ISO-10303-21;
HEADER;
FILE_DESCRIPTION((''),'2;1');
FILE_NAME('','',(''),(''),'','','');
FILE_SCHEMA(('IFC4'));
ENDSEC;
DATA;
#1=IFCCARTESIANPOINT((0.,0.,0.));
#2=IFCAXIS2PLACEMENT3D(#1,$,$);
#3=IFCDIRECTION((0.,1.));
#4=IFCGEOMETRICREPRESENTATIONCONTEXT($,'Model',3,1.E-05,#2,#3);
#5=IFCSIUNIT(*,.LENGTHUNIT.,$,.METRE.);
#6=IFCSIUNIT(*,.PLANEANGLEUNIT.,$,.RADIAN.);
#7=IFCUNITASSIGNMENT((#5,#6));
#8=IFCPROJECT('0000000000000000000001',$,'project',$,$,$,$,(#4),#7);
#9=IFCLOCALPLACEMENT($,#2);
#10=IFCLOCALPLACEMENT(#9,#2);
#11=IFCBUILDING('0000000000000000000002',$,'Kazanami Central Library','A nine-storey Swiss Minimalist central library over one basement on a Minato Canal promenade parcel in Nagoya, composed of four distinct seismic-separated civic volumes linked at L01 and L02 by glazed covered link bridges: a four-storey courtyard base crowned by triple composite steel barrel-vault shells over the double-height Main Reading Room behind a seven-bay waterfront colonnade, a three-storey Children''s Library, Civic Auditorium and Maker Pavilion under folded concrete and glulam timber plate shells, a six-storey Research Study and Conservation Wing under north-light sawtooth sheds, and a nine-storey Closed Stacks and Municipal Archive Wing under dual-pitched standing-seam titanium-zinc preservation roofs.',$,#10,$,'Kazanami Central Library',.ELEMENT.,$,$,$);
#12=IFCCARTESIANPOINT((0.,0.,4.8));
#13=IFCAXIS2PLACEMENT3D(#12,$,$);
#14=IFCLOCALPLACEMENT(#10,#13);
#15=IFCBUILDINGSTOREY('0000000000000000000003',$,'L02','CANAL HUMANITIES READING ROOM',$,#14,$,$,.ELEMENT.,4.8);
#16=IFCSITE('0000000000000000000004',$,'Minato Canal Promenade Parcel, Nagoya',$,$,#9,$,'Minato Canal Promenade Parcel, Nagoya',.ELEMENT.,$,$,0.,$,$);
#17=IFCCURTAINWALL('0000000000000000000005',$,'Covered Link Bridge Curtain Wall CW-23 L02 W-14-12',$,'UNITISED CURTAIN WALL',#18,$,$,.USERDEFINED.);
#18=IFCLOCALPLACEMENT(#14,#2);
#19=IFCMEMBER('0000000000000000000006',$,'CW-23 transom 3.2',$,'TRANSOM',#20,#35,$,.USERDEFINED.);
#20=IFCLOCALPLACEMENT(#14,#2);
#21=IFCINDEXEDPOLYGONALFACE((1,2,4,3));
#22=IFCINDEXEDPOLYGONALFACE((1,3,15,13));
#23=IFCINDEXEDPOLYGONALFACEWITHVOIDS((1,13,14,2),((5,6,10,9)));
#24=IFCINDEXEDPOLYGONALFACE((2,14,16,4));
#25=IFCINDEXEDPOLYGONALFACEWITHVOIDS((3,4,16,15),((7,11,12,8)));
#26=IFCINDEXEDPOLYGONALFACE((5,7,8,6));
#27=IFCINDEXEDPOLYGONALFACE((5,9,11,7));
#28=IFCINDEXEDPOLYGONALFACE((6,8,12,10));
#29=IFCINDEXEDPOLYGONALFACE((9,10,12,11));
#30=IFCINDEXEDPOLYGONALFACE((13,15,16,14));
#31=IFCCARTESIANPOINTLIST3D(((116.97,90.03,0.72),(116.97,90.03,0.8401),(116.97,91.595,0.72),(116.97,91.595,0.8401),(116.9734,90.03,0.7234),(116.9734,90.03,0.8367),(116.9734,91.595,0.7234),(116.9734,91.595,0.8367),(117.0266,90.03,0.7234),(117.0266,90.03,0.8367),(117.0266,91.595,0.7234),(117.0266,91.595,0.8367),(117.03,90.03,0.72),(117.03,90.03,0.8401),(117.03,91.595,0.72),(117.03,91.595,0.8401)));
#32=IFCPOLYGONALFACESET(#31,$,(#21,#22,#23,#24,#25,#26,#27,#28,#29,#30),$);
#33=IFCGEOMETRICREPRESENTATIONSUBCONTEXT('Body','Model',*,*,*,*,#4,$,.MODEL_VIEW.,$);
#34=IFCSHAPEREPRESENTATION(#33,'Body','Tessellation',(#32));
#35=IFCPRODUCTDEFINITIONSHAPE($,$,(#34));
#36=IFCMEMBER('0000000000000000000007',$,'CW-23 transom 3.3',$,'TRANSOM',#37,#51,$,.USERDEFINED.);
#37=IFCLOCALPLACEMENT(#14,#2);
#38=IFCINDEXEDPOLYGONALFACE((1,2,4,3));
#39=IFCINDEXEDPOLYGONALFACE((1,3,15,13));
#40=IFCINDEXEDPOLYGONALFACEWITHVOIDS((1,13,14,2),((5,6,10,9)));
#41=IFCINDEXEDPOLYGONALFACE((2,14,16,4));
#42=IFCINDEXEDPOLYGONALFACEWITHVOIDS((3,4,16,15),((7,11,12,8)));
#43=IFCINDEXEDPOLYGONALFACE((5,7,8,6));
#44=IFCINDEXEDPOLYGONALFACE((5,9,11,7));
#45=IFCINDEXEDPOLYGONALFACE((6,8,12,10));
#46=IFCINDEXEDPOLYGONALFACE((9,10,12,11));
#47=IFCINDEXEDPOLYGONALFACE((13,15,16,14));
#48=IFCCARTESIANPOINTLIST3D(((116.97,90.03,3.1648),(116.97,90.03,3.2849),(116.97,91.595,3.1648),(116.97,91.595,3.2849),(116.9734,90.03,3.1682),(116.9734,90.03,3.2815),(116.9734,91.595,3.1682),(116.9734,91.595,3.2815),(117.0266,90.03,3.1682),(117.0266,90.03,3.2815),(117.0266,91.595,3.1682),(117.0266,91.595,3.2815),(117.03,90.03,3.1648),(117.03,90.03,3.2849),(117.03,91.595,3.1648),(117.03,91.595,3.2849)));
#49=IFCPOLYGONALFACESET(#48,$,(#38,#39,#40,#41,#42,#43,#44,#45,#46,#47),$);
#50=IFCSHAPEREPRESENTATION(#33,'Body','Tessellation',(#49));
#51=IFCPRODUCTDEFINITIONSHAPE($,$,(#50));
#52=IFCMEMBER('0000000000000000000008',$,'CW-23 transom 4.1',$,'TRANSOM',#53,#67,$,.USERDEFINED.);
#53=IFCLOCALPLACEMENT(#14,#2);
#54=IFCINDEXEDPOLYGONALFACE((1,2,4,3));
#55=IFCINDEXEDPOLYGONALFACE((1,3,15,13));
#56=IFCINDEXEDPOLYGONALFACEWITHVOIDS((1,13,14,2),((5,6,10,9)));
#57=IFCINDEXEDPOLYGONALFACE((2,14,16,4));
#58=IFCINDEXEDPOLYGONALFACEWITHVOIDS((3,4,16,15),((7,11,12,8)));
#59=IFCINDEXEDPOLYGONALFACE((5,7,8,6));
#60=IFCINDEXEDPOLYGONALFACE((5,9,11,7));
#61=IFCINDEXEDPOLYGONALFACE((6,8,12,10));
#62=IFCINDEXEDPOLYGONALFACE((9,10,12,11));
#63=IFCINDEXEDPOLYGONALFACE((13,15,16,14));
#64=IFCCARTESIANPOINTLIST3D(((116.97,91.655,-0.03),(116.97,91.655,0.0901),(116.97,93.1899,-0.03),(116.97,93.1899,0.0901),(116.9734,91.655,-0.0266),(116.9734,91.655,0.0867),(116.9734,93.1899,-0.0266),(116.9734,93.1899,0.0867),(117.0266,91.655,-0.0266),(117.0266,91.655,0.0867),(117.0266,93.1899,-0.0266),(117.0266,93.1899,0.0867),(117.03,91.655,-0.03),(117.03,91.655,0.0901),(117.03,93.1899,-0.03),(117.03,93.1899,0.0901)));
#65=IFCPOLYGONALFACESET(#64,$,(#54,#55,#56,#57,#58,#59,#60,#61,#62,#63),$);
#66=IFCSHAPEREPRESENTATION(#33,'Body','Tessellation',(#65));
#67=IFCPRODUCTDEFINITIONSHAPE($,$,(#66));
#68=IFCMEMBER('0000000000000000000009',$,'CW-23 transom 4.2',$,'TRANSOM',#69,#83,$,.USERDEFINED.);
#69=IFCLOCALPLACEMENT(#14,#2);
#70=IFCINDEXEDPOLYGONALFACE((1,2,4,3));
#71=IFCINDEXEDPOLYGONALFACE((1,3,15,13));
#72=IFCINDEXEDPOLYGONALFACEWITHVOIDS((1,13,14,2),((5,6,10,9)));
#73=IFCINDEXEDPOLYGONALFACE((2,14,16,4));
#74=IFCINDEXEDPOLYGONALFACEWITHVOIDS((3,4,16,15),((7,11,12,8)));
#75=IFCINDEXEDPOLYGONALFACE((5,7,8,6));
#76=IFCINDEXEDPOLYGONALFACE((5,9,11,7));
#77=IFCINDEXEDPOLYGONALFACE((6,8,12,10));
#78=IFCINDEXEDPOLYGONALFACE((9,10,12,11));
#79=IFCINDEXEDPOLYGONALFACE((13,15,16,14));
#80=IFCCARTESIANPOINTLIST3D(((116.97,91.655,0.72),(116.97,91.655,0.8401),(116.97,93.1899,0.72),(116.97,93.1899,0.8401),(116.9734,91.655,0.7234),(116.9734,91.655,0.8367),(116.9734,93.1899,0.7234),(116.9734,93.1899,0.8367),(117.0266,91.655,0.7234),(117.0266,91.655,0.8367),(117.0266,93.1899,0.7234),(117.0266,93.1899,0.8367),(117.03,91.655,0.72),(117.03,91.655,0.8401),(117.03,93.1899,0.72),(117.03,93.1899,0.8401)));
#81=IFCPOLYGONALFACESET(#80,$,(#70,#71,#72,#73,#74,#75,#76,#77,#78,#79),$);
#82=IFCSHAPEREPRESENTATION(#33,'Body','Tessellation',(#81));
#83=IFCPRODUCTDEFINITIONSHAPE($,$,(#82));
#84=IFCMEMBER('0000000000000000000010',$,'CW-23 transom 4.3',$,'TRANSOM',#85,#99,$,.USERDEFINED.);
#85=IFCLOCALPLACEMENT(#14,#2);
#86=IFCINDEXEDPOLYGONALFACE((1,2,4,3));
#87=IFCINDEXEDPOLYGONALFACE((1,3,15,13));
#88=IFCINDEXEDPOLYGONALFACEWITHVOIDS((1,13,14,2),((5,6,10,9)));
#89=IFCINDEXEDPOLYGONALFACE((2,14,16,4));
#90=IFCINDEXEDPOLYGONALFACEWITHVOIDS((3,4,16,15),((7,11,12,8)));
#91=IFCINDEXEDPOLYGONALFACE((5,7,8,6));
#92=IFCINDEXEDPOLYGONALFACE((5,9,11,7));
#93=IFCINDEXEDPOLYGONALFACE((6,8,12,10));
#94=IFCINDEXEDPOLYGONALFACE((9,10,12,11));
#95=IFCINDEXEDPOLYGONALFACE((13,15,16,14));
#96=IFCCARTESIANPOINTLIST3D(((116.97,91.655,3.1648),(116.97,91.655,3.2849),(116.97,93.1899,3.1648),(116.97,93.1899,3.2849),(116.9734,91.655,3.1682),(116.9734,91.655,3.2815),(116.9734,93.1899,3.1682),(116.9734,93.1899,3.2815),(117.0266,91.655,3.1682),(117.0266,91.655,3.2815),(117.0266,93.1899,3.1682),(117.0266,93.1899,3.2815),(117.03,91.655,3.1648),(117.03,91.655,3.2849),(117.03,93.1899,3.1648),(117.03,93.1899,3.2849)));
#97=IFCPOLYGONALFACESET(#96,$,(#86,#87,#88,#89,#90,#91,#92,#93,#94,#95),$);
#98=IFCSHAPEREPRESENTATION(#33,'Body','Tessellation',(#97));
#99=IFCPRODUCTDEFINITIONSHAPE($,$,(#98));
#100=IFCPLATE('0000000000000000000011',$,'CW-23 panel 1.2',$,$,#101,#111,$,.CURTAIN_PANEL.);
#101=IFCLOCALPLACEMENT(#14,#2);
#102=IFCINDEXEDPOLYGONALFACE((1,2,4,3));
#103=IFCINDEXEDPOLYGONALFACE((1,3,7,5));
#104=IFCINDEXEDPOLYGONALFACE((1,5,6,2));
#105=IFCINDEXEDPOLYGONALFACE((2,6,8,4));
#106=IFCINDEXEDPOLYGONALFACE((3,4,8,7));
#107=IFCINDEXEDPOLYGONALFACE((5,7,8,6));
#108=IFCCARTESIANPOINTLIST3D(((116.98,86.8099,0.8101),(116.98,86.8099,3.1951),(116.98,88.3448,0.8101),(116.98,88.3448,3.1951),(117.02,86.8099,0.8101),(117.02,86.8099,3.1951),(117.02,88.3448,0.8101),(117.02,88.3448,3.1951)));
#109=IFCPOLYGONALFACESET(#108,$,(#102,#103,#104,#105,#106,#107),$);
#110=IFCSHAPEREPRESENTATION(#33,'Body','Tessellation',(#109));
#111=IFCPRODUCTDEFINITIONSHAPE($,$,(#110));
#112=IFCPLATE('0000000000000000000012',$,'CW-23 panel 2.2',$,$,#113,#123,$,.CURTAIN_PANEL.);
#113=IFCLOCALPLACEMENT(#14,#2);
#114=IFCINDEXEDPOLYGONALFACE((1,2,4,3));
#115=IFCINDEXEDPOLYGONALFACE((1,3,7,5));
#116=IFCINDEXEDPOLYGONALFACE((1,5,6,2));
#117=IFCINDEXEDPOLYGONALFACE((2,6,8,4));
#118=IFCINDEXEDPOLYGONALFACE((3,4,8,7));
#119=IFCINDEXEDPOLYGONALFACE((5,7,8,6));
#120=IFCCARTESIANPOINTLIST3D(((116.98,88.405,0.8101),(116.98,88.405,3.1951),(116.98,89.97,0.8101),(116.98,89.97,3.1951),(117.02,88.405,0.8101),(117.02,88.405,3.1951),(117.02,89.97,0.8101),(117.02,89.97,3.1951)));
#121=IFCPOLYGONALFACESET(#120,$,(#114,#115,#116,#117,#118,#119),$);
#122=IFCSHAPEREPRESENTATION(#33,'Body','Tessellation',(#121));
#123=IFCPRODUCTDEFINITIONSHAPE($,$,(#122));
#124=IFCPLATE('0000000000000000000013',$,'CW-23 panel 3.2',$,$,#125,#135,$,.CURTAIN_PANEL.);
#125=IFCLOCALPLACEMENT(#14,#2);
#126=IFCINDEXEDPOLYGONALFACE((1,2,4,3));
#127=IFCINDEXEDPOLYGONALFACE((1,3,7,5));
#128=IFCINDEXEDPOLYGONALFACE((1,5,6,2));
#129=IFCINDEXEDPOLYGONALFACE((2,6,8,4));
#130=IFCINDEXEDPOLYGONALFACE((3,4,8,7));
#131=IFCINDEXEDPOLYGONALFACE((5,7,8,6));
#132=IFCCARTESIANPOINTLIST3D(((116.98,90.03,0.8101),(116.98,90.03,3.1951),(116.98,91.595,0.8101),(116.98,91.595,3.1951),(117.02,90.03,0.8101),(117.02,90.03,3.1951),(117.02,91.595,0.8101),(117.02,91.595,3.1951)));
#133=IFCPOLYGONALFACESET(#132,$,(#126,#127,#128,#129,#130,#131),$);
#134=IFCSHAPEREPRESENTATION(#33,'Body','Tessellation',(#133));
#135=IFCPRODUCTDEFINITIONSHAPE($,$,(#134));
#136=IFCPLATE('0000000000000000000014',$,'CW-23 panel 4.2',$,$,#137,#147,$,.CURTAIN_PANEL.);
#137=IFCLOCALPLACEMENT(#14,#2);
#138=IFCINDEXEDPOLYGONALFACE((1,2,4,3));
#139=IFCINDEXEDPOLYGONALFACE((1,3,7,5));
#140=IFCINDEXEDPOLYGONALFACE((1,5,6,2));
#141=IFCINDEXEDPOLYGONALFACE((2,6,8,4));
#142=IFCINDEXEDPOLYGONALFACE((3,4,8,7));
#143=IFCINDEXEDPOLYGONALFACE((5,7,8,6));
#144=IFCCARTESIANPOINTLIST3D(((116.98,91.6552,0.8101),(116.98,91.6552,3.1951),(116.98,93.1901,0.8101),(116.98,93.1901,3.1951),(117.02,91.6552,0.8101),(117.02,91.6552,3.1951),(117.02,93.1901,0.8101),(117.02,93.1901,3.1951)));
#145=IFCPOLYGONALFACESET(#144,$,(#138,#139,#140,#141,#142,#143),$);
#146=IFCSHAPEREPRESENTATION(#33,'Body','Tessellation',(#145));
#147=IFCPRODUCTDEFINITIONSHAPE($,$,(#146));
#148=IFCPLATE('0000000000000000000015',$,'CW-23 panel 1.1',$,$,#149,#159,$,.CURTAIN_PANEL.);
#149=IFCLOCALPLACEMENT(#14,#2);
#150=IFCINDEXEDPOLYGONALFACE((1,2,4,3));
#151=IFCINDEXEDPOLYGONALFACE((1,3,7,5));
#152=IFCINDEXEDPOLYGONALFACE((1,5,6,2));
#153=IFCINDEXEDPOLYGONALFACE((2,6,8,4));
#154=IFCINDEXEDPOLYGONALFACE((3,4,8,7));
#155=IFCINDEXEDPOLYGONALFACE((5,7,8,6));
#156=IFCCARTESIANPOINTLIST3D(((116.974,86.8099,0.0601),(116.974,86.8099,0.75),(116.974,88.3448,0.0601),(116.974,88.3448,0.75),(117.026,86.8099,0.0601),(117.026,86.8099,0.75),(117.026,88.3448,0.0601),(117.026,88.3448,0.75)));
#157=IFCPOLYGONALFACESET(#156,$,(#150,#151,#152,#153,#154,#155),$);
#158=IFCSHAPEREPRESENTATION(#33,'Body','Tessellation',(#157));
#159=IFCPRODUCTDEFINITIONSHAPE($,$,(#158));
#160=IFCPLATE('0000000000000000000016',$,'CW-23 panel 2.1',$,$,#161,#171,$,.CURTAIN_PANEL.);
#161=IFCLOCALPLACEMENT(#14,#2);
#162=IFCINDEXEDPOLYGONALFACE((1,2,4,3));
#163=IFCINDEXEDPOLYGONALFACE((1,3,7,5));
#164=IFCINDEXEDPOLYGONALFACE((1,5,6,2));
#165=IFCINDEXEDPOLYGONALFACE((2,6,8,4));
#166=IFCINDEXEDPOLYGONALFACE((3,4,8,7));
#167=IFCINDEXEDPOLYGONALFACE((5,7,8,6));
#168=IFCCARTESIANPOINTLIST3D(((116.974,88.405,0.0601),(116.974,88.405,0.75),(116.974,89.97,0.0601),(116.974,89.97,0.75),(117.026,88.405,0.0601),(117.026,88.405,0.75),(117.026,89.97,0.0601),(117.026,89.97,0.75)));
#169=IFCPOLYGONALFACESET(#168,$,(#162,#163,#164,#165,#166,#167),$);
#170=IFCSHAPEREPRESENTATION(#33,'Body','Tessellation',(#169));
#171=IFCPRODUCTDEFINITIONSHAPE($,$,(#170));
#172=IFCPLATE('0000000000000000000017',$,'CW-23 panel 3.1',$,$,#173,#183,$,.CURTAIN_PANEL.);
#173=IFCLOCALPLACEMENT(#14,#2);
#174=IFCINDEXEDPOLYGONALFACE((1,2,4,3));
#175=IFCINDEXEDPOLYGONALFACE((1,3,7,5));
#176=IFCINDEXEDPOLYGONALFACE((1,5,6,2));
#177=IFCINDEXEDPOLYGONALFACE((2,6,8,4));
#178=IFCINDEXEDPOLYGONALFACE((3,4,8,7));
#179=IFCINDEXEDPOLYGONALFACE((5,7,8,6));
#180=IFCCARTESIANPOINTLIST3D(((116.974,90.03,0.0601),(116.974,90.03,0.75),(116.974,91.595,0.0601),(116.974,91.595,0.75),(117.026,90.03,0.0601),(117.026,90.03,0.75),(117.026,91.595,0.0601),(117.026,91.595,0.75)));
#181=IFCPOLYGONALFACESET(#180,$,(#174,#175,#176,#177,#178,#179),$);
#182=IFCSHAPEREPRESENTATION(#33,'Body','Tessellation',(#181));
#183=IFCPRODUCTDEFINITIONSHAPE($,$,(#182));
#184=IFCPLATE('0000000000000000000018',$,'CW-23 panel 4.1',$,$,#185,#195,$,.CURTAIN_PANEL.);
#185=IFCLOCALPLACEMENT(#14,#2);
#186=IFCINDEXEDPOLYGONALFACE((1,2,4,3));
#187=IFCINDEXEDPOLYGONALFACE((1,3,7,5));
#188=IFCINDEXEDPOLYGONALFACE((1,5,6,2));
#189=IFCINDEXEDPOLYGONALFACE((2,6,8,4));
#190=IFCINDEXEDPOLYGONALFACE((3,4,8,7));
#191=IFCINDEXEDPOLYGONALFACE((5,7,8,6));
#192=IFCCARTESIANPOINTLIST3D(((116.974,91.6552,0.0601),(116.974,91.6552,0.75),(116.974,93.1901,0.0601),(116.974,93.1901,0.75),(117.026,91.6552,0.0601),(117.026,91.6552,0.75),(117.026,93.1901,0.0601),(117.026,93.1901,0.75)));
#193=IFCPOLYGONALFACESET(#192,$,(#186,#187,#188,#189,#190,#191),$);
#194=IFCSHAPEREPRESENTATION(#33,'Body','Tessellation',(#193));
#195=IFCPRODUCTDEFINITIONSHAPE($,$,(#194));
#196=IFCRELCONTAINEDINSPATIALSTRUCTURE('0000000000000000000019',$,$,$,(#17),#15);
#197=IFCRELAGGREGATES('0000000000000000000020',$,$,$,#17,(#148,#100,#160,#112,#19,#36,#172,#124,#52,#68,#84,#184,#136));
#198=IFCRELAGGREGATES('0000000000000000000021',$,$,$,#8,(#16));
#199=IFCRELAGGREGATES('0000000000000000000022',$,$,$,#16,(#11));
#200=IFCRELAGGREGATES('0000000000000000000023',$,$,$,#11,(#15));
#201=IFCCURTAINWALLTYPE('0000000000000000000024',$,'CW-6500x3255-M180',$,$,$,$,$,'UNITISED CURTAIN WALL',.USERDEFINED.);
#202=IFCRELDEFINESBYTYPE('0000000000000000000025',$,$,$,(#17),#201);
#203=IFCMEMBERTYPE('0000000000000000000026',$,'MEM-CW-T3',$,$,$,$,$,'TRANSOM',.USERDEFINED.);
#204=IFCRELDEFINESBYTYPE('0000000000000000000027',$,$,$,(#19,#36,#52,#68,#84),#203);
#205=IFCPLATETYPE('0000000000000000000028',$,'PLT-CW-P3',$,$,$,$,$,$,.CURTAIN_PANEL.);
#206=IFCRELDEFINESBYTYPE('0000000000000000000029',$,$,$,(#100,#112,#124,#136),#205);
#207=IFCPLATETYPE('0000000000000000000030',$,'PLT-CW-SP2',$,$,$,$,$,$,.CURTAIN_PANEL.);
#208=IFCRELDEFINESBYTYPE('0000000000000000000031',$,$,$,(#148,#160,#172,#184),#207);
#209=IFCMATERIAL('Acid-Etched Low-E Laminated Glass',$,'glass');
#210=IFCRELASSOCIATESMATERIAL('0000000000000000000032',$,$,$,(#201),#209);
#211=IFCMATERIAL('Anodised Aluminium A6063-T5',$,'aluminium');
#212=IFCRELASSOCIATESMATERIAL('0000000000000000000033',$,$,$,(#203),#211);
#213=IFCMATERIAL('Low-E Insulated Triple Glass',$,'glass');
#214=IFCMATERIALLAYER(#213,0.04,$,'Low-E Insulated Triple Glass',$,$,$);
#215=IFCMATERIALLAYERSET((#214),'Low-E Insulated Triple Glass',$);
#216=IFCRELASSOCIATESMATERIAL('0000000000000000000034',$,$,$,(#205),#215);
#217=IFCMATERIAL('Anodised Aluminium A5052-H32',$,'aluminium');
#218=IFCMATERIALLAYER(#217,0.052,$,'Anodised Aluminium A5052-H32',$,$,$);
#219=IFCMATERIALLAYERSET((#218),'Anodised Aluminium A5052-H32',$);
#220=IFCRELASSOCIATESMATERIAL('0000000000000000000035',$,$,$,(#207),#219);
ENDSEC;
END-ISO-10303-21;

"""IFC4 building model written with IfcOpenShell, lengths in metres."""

from ifc_helpers import new_model, si_unit, direction, frame, origin, origin_2d, place, context, subcontext, project, spatial, rectangle, hollow_rectangle, extrude, material, layer, layer_set, material_profile, profile_set, type_object, element, aggregate, save


model = new_model("IFC4")

# Units and contexts
model_context = context("Model", 3, precision=1e-05, world=origin(), true_north=direction((0.0, 1.0)))
body_context = subcontext(model_context, "Body", "Model", "MODEL_VIEW")
ifc_project = project(units=[si_unit("LENGTHUNIT", "METRE"), si_unit("PLANEANGLEUNIT", "RADIAN")], contexts=[model_context])

# Site, building, storey
site_placement = place(None, origin())
site = spatial("IfcSite", under=ifc_project, at=site_placement, Name="Minato Canal Promenade Parcel, Nagoya", LongName="Minato Canal Promenade Parcel, Nagoya", CompositionType="ELEMENT", RefElevation=0.0)
building_placement = place(site_placement, origin())
building = spatial("IfcBuilding", under=site, at=building_placement, Name="Kazanami Central Library", Description="A nine-storey Swiss Minimalist central library over one basement on a Minato Canal promenade parcel in Nagoya, composed of four distinct seismic-separated civic volumes linked at L01 and L02 by glazed covered link bridges: a four-storey courtyard base crowned by triple composite steel barrel-vault shells over the double-height Main Reading Room behind a seven-bay waterfront colonnade, a three-storey Children's Library, Civic Auditorium and Maker Pavilion under folded concrete and glulam timber plate shells, a six-storey Research Study and Conservation Wing under north-light sawtooth sheds, and a nine-storey Closed Stacks and Municipal Archive Wing under dual-pitched standing-seam titanium-zinc preservation roofs.", LongName="Kazanami Central Library", CompositionType="ELEMENT")
storey_placement = place(building_placement, frame((0.0, 0.0, 4.8)))
storey = spatial("IfcBuildingStorey", under=building, at=storey_placement, Name="L02", Description="CANAL HUMANITIES READING ROOM", CompositionType="ELEMENT", Elevation=4.8)

# Curtain wall, members, plates
ifc_material_1 = material(Name="Acid-Etched Low-E Laminated Glass", Category="glass")
curtain_wall_type = type_object("IfcCurtainWallType", Name="CW-6500x3255-M180", ElementType="UNITISED CURTAIN WALL", PredefinedType="USERDEFINED", material=ifc_material_1)
curtain_wall_placement = place(storey_placement, origin())
curtain_wall = element("IfcCurtainWall", 1, at=curtain_wall_placement, inside=storey, type_object=curtain_wall_type, Name="Covered Link Bridge Curtain Wall CW-23 L02 W-14-12", ObjectType="UNITISED CURTAIN WALL", PredefinedType="USERDEFINED")
ifc_material_2 = material(Name="Anodised Aluminium A6063-T5", Category="aluminium")
ifc_material_profile_1 = material_profile(ifc_material_2, hollow_rectangle(XDim=0.0601, YDim=0.1201, WallThickness=0.0034, at=origin_2d()), Name="ALU-TRAN-60x120x3.5")
ifc_profile_set_1 = profile_set([ifc_material_profile_1], Name="Anodised Aluminium A6063-T5")
member_type_1 = type_object("IfcMemberType", Name="MEM-CW-T3", ElementType="TRANSOM", PredefinedType="USERDEFINED", material=ifc_profile_set_1)
member_1_placement = place(storey_placement, frame((117.0, 90.03, 0.78), z_axis=(0.0, 1.0, 0.0), x_axis=(-1.0, 0.0, 0.0)))
member_1 = element("IfcMember", 2, at=member_1_placement, type_object=member_type_1, Name="CW-23 transom 3.2", ObjectType="TRANSOM", PredefinedType="USERDEFINED", context=body_context, shape_type="SweptSolid", body=[
    extrude(hollow_rectangle(XDim=0.0601, YDim=0.1201, WallThickness=0.0034, at=origin_2d()), origin(), (0.0, 0.0, 1.0), 1.5649),
])
member_2_placement = place(storey_placement, frame((117.0, 90.03, 3.2249), z_axis=(0.0, 1.0, 0.0), x_axis=(-1.0, 0.0, 0.0)))
member_2 = element("IfcMember", 3, at=member_2_placement, type_object=member_type_1, Name="CW-23 transom 3.3", ObjectType="TRANSOM", PredefinedType="USERDEFINED", context=body_context, shape_type="SweptSolid", body=[
    extrude(hollow_rectangle(XDim=0.0601, YDim=0.1201, WallThickness=0.0034, at=origin_2d()), origin(), (0.0, 0.0, 1.0), 1.5649),
])
member_3_placement = place(storey_placement, frame((117.0, 91.655, 0.03), z_axis=(0.0, 1.0, 0.0), x_axis=(-1.0, 0.0, 0.0)))
member_3 = element("IfcMember", 4, at=member_3_placement, type_object=member_type_1, Name="CW-23 transom 4.1", ObjectType="TRANSOM", PredefinedType="USERDEFINED", context=body_context, shape_type="SweptSolid", body=[
    extrude(hollow_rectangle(XDim=0.0601, YDim=0.1201, WallThickness=0.0034, at=origin_2d()), origin(), (0.0, 0.0, 1.0), 1.5349),
])
member_4_placement = place(storey_placement, frame((117.0, 91.655, 0.78), z_axis=(0.0, 1.0, 0.0), x_axis=(-1.0, 0.0, 0.0)))
member_4 = element("IfcMember", 5, at=member_4_placement, type_object=member_type_1, Name="CW-23 transom 4.2", ObjectType="TRANSOM", PredefinedType="USERDEFINED", context=body_context, shape_type="SweptSolid", body=[
    extrude(hollow_rectangle(XDim=0.0601, YDim=0.1201, WallThickness=0.0034, at=origin_2d()), origin(), (0.0, 0.0, 1.0), 1.5349),
])
member_5_placement = place(storey_placement, frame((117.0, 91.655, 3.2249), z_axis=(0.0, 1.0, 0.0), x_axis=(-1.0, 0.0, 0.0)))
member_5 = element("IfcMember", 6, at=member_5_placement, type_object=member_type_1, Name="CW-23 transom 4.3", ObjectType="TRANSOM", PredefinedType="USERDEFINED", context=body_context, shape_type="SweptSolid", body=[
    extrude(hollow_rectangle(XDim=0.0601, YDim=0.1201, WallThickness=0.0034, at=origin_2d()), origin(), (0.0, 0.0, 1.0), 1.5349),
])
ifc_material_3 = material(Name="Low-E Insulated Triple Glass", Category="glass")
ifc_layer_1 = layer(ifc_material_3, 0.04, Name="Low-E Insulated Triple Glass")
ifc_layer_set_1 = layer_set([ifc_layer_1], Name="Low-E Insulated Triple Glass")
plate_type_1 = type_object("IfcPlateType", Name="PLT-CW-P3", PredefinedType="CURTAIN_PANEL", material=ifc_layer_set_1)
plate_1_placement = place(storey_placement, frame((117.0, 87.5774, 0.8101), z_axis=(0.0, 0.0, 1.0), x_axis=(0.0, 1.0, 0.0)))
plate_1 = element("IfcPlate", 7, at=plate_1_placement, type_object=plate_type_1, Name="CW-23 panel 1.2", PredefinedType="CURTAIN_PANEL", context=body_context, shape_type="SweptSolid", body=[
    extrude(rectangle(XDim=1.5349, YDim=0.04, at=origin_2d()), origin(), (0.0, 0.0, 1.0), 2.385),
])
plate_2_placement = place(storey_placement, frame((117.0, 89.1875, 0.8101), z_axis=(0.0, 0.0, 1.0), x_axis=(0.0, 1.0, 0.0)))
plate_2 = element("IfcPlate", 8, at=plate_2_placement, type_object=plate_type_1, Name="CW-23 panel 2.2", PredefinedType="CURTAIN_PANEL", context=body_context, shape_type="SweptSolid", body=[
    extrude(rectangle(XDim=1.5649, YDim=0.04, at=origin_2d()), origin(), (0.0, 0.0, 1.0), 2.385),
])
plate_3_placement = place(storey_placement, frame((117.0, 90.8125, 0.8101), z_axis=(0.0, 0.0, 1.0), x_axis=(0.0, 1.0, 0.0)))
plate_3 = element("IfcPlate", 9, at=plate_3_placement, type_object=plate_type_1, Name="CW-23 panel 3.2", PredefinedType="CURTAIN_PANEL", context=body_context, shape_type="SweptSolid", body=[
    extrude(rectangle(XDim=1.5649, YDim=0.04, at=origin_2d()), origin(), (0.0, 0.0, 1.0), 2.385),
])
plate_4_placement = place(storey_placement, frame((117.0, 92.4226, 0.8101), z_axis=(0.0, 0.0, 1.0), x_axis=(0.0, 1.0, 0.0)))
plate_4 = element("IfcPlate", 10, at=plate_4_placement, type_object=plate_type_1, Name="CW-23 panel 4.2", PredefinedType="CURTAIN_PANEL", context=body_context, shape_type="SweptSolid", body=[
    extrude(rectangle(XDim=1.5349, YDim=0.04, at=origin_2d()), origin(), (0.0, 0.0, 1.0), 2.385),
])
ifc_material_4 = material(Name="Anodised Aluminium A5052-H32", Category="aluminium")
ifc_layer_2 = layer(ifc_material_4, 0.052, Name="Anodised Aluminium A5052-H32")
ifc_layer_set_2 = layer_set([ifc_layer_2], Name="Anodised Aluminium A5052-H32")
plate_type_2 = type_object("IfcPlateType", Name="PLT-CW-SP2", PredefinedType="CURTAIN_PANEL", material=ifc_layer_set_2)
plate_5_placement = place(storey_placement, frame((117.0, 87.5774, 0.0601), z_axis=(0.0, 0.0, 1.0), x_axis=(0.0, 1.0, 0.0)))
plate_5 = element("IfcPlate", 11, at=plate_5_placement, type_object=plate_type_2, Name="CW-23 panel 1.1", PredefinedType="CURTAIN_PANEL", context=body_context, shape_type="SweptSolid", body=[
    extrude(rectangle(XDim=1.5349, YDim=0.052, at=origin_2d()), origin(), (0.0, 0.0, 1.0), 0.6899),
])
plate_6_placement = place(storey_placement, frame((117.0, 89.1875, 0.0601), z_axis=(0.0, 0.0, 1.0), x_axis=(0.0, 1.0, 0.0)))
plate_6 = element("IfcPlate", 12, at=plate_6_placement, type_object=plate_type_2, Name="CW-23 panel 2.1", PredefinedType="CURTAIN_PANEL", context=body_context, shape_type="SweptSolid", body=[
    extrude(rectangle(XDim=1.5649, YDim=0.052, at=origin_2d()), origin(), (0.0, 0.0, 1.0), 0.6899),
])
plate_7_placement = place(storey_placement, frame((117.0, 90.8125, 0.0601), z_axis=(0.0, 0.0, 1.0), x_axis=(0.0, 1.0, 0.0)))
plate_7 = element("IfcPlate", 13, at=plate_7_placement, type_object=plate_type_2, Name="CW-23 panel 3.1", PredefinedType="CURTAIN_PANEL", context=body_context, shape_type="SweptSolid", body=[
    extrude(rectangle(XDim=1.5649, YDim=0.052, at=origin_2d()), origin(), (0.0, 0.0, 1.0), 0.6899),
])
plate_8_placement = place(storey_placement, frame((117.0, 92.4226, 0.0601), z_axis=(0.0, 0.0, 1.0), x_axis=(0.0, 1.0, 0.0)))
plate_8 = element("IfcPlate", 14, at=plate_8_placement, type_object=plate_type_2, Name="CW-23 panel 4.1", PredefinedType="CURTAIN_PANEL", context=body_context, shape_type="SweptSolid", body=[
    extrude(rectangle(XDim=1.5349, YDim=0.052, at=origin_2d()), origin(), (0.0, 0.0, 1.0), 0.6899),
])
aggregate(curtain_wall, [plate_5, plate_1, plate_6, plate_2, member_1, member_2, plate_7, plate_3, member_3, member_4, member_5, plate_8, plate_4])

save(model, "model.ifc")
